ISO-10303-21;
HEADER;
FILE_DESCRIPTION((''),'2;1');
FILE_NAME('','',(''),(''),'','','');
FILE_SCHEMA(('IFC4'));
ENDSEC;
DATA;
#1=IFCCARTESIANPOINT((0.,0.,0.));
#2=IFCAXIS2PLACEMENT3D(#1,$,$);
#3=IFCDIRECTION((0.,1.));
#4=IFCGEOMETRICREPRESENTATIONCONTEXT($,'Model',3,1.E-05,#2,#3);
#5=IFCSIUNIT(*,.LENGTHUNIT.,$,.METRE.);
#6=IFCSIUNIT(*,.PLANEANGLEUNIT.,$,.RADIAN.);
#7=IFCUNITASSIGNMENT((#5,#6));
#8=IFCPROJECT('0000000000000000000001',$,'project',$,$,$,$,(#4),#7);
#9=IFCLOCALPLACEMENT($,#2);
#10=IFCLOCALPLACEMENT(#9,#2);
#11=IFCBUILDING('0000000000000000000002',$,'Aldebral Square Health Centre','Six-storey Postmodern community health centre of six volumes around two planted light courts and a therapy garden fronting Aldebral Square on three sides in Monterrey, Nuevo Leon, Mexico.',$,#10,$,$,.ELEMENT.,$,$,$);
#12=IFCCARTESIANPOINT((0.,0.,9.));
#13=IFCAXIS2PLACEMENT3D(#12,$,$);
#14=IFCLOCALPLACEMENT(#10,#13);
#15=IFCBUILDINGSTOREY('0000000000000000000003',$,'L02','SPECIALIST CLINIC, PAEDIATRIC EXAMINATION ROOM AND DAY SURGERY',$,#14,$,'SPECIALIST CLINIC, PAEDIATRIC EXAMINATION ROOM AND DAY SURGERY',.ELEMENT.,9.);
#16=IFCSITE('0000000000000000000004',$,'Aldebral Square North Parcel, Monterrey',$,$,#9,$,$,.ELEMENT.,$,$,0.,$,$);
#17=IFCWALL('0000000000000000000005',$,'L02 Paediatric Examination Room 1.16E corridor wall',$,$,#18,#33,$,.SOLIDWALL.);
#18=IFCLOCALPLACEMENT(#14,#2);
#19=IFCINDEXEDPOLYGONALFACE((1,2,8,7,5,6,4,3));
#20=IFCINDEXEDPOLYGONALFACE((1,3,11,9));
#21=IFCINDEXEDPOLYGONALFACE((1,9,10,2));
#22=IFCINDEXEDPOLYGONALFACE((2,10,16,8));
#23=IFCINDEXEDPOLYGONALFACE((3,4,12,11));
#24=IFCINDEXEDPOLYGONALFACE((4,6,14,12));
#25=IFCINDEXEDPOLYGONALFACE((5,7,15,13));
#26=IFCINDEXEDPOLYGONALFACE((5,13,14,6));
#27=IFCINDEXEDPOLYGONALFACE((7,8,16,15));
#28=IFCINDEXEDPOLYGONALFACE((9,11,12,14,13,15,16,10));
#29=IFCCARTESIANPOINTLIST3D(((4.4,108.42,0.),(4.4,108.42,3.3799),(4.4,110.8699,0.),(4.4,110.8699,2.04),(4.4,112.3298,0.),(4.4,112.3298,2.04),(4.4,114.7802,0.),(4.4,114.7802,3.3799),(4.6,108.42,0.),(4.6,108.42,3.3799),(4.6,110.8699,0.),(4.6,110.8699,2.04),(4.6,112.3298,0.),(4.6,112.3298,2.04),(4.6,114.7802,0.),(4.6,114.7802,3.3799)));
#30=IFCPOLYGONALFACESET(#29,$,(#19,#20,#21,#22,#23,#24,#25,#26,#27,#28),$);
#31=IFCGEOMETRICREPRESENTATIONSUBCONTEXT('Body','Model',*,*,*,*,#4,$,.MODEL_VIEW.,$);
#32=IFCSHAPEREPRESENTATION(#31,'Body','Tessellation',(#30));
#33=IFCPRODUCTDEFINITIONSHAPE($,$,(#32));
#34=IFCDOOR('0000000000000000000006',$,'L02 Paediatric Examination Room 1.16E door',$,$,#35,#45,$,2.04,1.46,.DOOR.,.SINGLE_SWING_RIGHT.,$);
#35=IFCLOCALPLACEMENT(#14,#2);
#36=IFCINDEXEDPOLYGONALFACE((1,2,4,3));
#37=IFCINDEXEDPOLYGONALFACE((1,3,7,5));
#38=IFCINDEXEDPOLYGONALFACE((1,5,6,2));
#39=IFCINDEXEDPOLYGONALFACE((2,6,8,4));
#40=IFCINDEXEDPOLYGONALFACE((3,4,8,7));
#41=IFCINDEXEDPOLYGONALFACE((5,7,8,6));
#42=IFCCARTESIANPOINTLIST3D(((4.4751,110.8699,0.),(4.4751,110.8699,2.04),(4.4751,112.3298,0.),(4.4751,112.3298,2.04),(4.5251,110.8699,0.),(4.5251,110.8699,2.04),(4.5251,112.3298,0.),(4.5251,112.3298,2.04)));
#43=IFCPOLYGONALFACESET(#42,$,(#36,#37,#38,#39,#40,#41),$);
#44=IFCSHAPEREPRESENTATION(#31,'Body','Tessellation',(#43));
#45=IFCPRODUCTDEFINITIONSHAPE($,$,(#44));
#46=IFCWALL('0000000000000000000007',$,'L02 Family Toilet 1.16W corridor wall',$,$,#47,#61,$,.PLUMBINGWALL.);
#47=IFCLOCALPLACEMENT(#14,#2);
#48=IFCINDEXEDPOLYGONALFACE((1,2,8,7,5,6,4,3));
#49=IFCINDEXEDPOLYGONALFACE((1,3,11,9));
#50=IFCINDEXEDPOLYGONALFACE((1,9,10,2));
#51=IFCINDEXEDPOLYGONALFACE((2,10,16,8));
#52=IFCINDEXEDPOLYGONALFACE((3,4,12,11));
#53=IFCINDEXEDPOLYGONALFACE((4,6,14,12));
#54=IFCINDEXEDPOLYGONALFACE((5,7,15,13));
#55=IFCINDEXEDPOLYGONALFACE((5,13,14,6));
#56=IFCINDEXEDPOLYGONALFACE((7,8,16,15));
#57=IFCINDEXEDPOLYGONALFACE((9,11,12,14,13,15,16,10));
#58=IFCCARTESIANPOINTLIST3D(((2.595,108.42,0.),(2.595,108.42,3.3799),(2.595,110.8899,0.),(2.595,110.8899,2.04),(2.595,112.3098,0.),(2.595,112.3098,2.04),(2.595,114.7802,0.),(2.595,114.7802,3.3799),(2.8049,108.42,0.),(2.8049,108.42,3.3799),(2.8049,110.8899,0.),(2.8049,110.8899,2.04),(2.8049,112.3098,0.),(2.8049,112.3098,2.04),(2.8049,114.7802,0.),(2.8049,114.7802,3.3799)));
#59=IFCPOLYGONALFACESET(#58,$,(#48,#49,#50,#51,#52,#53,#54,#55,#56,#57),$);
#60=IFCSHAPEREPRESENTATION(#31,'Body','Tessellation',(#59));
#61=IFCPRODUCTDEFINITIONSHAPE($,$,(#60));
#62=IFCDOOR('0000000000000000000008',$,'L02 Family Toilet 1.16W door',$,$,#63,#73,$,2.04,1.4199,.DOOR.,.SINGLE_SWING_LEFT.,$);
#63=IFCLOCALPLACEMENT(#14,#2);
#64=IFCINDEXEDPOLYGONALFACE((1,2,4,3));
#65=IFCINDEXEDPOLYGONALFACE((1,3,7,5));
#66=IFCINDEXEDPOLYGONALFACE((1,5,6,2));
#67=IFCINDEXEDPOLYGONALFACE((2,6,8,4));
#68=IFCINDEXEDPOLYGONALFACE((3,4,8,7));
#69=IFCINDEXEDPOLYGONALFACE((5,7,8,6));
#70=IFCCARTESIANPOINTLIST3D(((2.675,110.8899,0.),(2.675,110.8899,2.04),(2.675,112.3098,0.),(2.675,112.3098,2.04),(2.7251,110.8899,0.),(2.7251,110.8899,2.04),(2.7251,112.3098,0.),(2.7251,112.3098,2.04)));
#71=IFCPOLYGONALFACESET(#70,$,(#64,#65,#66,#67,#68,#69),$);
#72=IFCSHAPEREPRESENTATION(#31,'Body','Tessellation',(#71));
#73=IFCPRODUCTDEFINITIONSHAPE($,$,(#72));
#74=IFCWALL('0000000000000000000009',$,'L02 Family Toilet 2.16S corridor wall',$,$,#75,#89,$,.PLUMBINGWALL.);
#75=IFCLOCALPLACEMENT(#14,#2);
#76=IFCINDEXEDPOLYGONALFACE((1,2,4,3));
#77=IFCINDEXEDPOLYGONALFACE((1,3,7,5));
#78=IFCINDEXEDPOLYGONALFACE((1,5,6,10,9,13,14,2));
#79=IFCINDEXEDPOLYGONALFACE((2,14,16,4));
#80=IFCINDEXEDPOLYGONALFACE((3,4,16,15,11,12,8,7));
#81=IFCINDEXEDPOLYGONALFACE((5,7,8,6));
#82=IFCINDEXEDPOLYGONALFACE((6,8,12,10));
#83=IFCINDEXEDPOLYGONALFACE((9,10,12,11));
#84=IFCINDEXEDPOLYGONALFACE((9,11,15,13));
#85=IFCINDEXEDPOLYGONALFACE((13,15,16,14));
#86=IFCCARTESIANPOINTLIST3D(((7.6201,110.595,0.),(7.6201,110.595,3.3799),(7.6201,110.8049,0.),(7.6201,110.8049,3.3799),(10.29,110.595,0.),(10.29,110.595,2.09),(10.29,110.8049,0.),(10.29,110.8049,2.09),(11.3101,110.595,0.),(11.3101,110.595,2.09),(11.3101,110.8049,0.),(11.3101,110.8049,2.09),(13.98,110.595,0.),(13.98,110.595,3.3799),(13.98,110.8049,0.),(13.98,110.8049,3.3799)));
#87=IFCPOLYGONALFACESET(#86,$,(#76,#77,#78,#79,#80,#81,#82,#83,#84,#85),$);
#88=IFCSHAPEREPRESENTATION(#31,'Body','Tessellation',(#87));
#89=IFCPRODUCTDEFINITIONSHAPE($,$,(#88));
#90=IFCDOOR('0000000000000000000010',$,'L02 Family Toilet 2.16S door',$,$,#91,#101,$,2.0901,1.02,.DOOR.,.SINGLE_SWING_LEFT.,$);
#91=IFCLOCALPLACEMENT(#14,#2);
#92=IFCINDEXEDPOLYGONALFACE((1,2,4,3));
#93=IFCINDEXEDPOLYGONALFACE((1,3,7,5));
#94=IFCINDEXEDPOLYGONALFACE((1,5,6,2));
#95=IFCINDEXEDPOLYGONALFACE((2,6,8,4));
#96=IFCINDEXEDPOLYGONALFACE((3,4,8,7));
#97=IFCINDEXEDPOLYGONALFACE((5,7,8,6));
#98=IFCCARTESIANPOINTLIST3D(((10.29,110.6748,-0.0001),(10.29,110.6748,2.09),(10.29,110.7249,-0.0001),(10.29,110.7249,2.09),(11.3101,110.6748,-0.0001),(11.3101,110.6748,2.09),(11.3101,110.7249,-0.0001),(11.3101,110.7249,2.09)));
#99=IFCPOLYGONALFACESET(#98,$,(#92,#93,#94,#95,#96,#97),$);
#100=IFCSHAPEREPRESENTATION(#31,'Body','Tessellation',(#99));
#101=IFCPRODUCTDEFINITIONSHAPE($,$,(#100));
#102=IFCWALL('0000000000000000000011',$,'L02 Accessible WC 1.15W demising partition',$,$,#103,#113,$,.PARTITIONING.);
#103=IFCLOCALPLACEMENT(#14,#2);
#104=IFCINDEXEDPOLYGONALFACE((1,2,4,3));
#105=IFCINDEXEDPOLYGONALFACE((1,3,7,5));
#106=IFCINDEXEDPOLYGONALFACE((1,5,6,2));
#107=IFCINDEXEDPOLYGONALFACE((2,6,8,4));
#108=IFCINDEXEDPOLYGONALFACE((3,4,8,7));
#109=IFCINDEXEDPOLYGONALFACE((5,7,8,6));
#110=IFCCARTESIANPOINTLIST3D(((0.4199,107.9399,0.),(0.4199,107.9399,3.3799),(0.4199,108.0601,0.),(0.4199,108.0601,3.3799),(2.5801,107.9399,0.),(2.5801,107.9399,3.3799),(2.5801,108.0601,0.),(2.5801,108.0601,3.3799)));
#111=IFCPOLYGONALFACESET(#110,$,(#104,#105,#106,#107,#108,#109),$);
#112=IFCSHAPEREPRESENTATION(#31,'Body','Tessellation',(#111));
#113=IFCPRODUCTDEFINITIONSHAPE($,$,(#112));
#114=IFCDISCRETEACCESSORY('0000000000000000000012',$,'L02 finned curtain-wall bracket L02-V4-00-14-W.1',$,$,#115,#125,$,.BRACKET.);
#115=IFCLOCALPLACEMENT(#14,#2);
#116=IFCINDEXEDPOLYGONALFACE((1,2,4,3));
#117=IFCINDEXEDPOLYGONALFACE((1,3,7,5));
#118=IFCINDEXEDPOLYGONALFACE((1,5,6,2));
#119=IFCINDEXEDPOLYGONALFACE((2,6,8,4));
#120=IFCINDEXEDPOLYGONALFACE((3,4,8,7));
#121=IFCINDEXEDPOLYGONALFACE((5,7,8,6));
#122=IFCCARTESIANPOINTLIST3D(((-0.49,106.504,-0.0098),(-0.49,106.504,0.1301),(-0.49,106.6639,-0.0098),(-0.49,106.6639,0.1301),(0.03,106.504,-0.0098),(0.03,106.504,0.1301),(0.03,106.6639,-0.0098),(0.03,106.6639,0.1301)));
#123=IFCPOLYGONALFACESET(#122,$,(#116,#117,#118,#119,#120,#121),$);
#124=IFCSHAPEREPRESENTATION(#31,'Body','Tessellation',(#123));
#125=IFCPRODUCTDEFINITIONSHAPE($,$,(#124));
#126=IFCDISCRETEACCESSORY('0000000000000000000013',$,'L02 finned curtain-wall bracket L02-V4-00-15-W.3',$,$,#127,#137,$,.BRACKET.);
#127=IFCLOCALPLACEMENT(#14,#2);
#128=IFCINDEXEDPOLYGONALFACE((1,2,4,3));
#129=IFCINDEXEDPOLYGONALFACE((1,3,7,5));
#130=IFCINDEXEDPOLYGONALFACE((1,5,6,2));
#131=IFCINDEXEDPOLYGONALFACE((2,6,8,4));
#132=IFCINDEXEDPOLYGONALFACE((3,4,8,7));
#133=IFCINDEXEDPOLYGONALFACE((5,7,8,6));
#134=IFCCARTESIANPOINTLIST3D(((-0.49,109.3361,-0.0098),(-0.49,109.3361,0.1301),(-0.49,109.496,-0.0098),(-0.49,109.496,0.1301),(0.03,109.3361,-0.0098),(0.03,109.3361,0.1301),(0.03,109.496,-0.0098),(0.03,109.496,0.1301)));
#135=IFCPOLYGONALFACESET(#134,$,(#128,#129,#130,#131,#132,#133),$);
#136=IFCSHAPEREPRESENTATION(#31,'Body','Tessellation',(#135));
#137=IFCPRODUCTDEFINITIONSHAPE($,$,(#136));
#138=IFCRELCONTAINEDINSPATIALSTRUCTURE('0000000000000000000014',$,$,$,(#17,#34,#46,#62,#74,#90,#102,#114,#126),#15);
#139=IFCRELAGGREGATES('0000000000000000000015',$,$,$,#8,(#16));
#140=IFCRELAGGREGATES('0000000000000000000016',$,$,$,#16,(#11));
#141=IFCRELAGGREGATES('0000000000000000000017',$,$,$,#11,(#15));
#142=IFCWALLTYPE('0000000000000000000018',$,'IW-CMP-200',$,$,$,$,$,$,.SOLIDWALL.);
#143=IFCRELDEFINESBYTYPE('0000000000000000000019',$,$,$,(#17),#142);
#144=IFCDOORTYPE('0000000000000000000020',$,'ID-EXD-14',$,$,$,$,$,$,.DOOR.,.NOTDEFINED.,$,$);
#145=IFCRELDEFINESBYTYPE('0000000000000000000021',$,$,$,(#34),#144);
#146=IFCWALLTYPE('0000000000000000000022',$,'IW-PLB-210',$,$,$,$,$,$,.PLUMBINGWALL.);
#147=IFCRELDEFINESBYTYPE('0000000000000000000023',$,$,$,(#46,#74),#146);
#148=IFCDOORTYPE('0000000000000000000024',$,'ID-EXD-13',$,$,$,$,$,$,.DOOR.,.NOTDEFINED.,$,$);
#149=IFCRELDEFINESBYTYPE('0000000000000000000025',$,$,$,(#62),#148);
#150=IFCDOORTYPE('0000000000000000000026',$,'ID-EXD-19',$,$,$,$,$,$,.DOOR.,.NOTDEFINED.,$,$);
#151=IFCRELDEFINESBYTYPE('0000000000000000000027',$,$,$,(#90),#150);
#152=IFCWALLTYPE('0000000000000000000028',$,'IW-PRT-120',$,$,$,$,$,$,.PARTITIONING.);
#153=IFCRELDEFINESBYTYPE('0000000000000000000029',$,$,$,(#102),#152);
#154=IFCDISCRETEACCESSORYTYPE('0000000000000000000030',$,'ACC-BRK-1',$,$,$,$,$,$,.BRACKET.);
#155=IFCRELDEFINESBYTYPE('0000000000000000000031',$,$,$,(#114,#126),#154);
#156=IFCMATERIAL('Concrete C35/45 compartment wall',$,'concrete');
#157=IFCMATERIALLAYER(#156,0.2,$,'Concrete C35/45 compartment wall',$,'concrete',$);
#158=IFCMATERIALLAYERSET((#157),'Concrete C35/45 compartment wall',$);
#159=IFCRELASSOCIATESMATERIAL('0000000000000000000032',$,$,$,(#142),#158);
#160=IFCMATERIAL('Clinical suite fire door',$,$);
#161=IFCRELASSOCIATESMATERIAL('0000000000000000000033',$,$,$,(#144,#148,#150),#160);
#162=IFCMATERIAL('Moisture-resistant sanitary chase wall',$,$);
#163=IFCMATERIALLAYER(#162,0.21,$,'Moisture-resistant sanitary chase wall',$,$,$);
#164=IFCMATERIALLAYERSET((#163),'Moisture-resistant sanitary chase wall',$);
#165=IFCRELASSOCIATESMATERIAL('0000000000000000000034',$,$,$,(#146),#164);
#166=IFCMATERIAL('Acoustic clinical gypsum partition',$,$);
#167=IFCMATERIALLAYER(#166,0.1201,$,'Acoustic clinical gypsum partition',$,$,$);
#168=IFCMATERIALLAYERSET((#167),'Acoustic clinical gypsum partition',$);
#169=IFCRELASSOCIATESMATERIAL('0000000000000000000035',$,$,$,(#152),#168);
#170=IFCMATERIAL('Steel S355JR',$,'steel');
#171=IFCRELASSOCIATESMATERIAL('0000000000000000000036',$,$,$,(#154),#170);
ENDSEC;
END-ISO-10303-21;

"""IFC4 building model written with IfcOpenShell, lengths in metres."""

from ifc_helpers import new_model, si_unit, direction, frame, frame_2d, origin, origin_2d, place, context, subcontext, project, spatial, rectangle, extrude, material, layer, layer_set, type_object, element, fill, save


model = new_model("IFC4")

# Units and contexts
model_context = context("Model", 3, precision=1e-05, world=origin(), true_north=direction((0.0, 1.0)))
body_context = subcontext(model_context, "Body", "Model", "MODEL_VIEW")
ifc_project = project(units=[si_unit("LENGTHUNIT", "METRE"), si_unit("PLANEANGLEUNIT", "RADIAN")], contexts=[model_context])

# Site, building, storey
site_placement = place(None, origin())
site = spatial("IfcSite", under=ifc_project, at=site_placement, Name="Aldebral Square North Parcel, Monterrey", CompositionType="ELEMENT", RefElevation=0.0)
building_placement = place(site_placement, origin())
building = spatial("IfcBuilding", under=site, at=building_placement, Name="Aldebral Square Health Centre", Description="Six-storey Postmodern community health centre of six volumes around two planted light courts and a therapy garden fronting Aldebral Square on three sides in Monterrey, Nuevo Leon, Mexico.", CompositionType="ELEMENT")
storey_placement = place(building_placement, frame((0.0, 0.0, 9.0)))
storey = spatial("IfcBuildingStorey", under=building, at=storey_placement, Name="L02", Description="SPECIALIST CLINIC, PAEDIATRIC EXAMINATION ROOM AND DAY SURGERY", LongName="SPECIALIST CLINIC, PAEDIATRIC EXAMINATION ROOM AND DAY SURGERY", CompositionType="ELEMENT", Elevation=9.0)

# Walls, openings, doors
ifc_material_1 = material(Name="Concrete C35/45 compartment wall", Category="concrete")
ifc_layer_1 = layer(ifc_material_1, 0.2, Name="Concrete C35/45 compartment wall", Category="concrete")
ifc_layer_set_1 = layer_set([ifc_layer_1], Name="Concrete C35/45 compartment wall")
wall_type_1 = type_object("IfcWallType", Name="IW-CMP-200", PredefinedType="SOLIDWALL", material=ifc_layer_set_1)
wall_1_placement = place(storey_placement, frame((4.5, 108.4199, 0.0), z_axis=(0.0, 0.0, 1.0), x_axis=(0.0, 1.0, 0.0)))
wall_1 = element("IfcWall", 1, at=wall_1_placement, inside=storey, type_object=wall_type_1, Name="L02 Paediatric Examination Room 1.16E corridor wall", PredefinedType="SOLIDWALL", context=body_context, shape_type="SweptSolid", body=[
    extrude(rectangle(XDim=6.3601, YDim=0.2, at=frame_2d((3.1802, 0.0))), origin(), (0.0, 0.0, 1.0), 3.3799),
])
opening_1_placement = place(wall_1_placement, frame((2.45, 0.0, 0.0)))
opening_1 = element("IfcOpeningElement", 2, at=opening_1_placement, cuts=wall_1, PredefinedType="OPENING", context=body_context, shape_type="SweptSolid", body=[
    extrude(rectangle(XDim=1.46, YDim=2.04, at=frame_2d((0.73, 1.02))), frame((0.0, 0.1099, 0.0), z_axis=(0.0, -1.0, 0.0), x_axis=(1.0, 0.0, 0.0)), (0.0, 0.0, 1.0), 0.22),
])
ifc_material_2 = material(Name="Clinical suite fire door")
door_type_1 = type_object("IfcDoorType", Name="ID-EXD-14", OperationType="NOTDEFINED", PredefinedType="DOOR", material=ifc_material_2)
door_1_placement = place(opening_1_placement, origin())
door_1 = element("IfcDoor", 3, at=door_1_placement, inside=storey, type_object=door_type_1, Name="L02 Paediatric Examination Room 1.16E door", OperationType="SINGLE_SWING_RIGHT", OverallHeight=2.04, OverallWidth=1.46, PredefinedType="DOOR", context=body_context, shape_type="SweptSolid", body=[
    extrude(rectangle(XDim=1.46, YDim=2.04, at=frame_2d((0.73, 1.02))), frame((0.0, 0.0249, 0.0), z_axis=(0.0, -1.0, 0.0), x_axis=(1.0, 0.0, 0.0)), (0.0, 0.0, 1.0), 0.05),
])
fill(opening_1, door_1)
ifc_material_3 = material(Name="Moisture-resistant sanitary chase wall")
ifc_layer_2 = layer(ifc_material_3, 0.21, Name="Moisture-resistant sanitary chase wall")
ifc_layer_set_2 = layer_set([ifc_layer_2], Name="Moisture-resistant sanitary chase wall")
wall_type_2 = type_object("IfcWallType", Name="IW-PLB-210", PredefinedType="PLUMBINGWALL", material=ifc_layer_set_2)
wall_2_placement = place(storey_placement, frame((2.7, 108.4199, 0.0), z_axis=(0.0, 0.0, 1.0), x_axis=(0.0, 1.0, 0.0)))
wall_2 = element("IfcWall", 4, at=wall_2_placement, inside=storey, type_object=wall_type_2, Name="L02 Family Toilet 1.16W corridor wall", PredefinedType="PLUMBINGWALL", context=body_context, shape_type="SweptSolid", body=[
    extrude(rectangle(XDim=6.3601, YDim=0.21, at=frame_2d((3.1802, 0.0))), origin(), (0.0, 0.0, 1.0), 3.3799),
])
opening_2_placement = place(wall_2_placement, frame((2.47, 0.0, 0.0)))
opening_2 = element("IfcOpeningElement", 5, at=opening_2_placement, cuts=wall_2, PredefinedType="OPENING", context=body_context, shape_type="SweptSolid", body=[
    extrude(rectangle(XDim=1.4199, YDim=2.04, at=frame_2d((0.71, 1.02))), frame((0.0, 0.115, 0.0), z_axis=(0.0, -1.0, 0.0), x_axis=(1.0, 0.0, 0.0)), (0.0, 0.0, 1.0), 0.23),
])
door_type_2 = type_object("IfcDoorType", Name="ID-EXD-13", OperationType="NOTDEFINED", PredefinedType="DOOR", material=ifc_material_2)
door_2_placement = place(opening_2_placement, origin())
door_2 = element("IfcDoor", 6, at=door_2_placement, inside=storey, type_object=door_type_2, Name="L02 Family Toilet 1.16W door", OperationType="SINGLE_SWING_LEFT", OverallHeight=2.04, OverallWidth=1.4199, PredefinedType="DOOR", context=body_context, shape_type="SweptSolid", body=[
    extrude(rectangle(XDim=1.4199, YDim=2.04, at=frame_2d((0.71, 1.02))), frame((0.0, 0.0249, 0.0), z_axis=(0.0, -1.0, 0.0), x_axis=(1.0, 0.0, 0.0)), (0.0, 0.0, 1.0), 0.05),
])
fill(opening_2, door_2)
wall_3_placement = place(storey_placement, frame((7.6201, 110.7, 0.0), z_axis=(0.0, 0.0, 1.0), x_axis=(1.0, 0.0, 0.0)))
wall_3 = element("IfcWall", 7, at=wall_3_placement, inside=storey, type_object=wall_type_2, Name="L02 Family Toilet 2.16S corridor wall", PredefinedType="PLUMBINGWALL", context=body_context, shape_type="SweptSolid", body=[
    extrude(rectangle(XDim=6.3599, YDim=0.21, at=frame_2d((3.1799, 0.0))), origin(), (0.0, 0.0, 1.0), 3.3799),
])
opening_3_placement = place(wall_3_placement, frame((2.6699, 0.0, 0.0)))
opening_3 = element("IfcOpeningElement", 8, at=opening_3_placement, cuts=wall_3, PredefinedType="OPENING", context=body_context, shape_type="SweptSolid", body=[
    extrude(rectangle(XDim=1.02, YDim=2.0901, at=frame_2d((0.51, 1.0449))), frame((0.0, 0.115, 0.0), z_axis=(0.0, -1.0, 0.0), x_axis=(1.0, 0.0, 0.0)), (0.0, 0.0, 1.0), 0.23),
])
door_type_3 = type_object("IfcDoorType", Name="ID-EXD-19", OperationType="NOTDEFINED", PredefinedType="DOOR", material=ifc_material_2)
door_3_placement = place(opening_3_placement, origin())
door_3 = element("IfcDoor", 9, at=door_3_placement, inside=storey, type_object=door_type_3, Name="L02 Family Toilet 2.16S door", OperationType="SINGLE_SWING_LEFT", OverallHeight=2.0901, OverallWidth=1.02, PredefinedType="DOOR", context=body_context, shape_type="SweptSolid", body=[
    extrude(rectangle(XDim=1.02, YDim=2.0901, at=frame_2d((0.51, 1.0449))), frame((0.0, 0.0249, 0.0), z_axis=(0.0, -1.0, 0.0), x_axis=(1.0, 0.0, 0.0)), (0.0, 0.0, 1.0), 0.05),
])
fill(opening_3, door_3)

# Wall
ifc_material_4 = material(Name="Acoustic clinical gypsum partition")
ifc_layer_3 = layer(ifc_material_4, 0.1201, Name="Acoustic clinical gypsum partition")
ifc_layer_set_3 = layer_set([ifc_layer_3], Name="Acoustic clinical gypsum partition")
wall_type_3 = type_object("IfcWallType", Name="IW-PRT-120", PredefinedType="PARTITIONING", material=ifc_layer_set_3)
wall_4_placement = place(storey_placement, frame((0.4199, 108.0, 0.0), z_axis=(0.0, 0.0, 1.0), x_axis=(1.0, 0.0, 0.0)))
element("IfcWall", 10, at=wall_4_placement, inside=storey, type_object=wall_type_3, Name="L02 Accessible WC 1.15W demising partition", PredefinedType="PARTITIONING", context=body_context, shape_type="SweptSolid", body=[
    extrude(rectangle(XDim=2.1602, YDim=0.1201, at=frame_2d((1.0801, 0.0))), origin(), (0.0, 0.0, 1.0), 3.3799),
])

# Discrete accessories
ifc_material_5 = material(Name="Steel S355JR", Category="steel")
discrete_accessory_type = type_object("IfcDiscreteAccessoryType", Name="ACC-BRK-1", PredefinedType="BRACKET", material=ifc_material_5)
for number, where, z_axis, x_axis, name in (
    (11, (-0.23, 106.584, -0.0098), (0.0, 0.0, 1.0), (0.0, 1.0, 0.0), "L02 finned curtain-wall bracket L02-V4-00-14-W.1"),
    (12, (-0.23, 109.416, -0.0098), (0.0, 0.0, 1.0), (0.0, 1.0, 0.0), "L02 finned curtain-wall bracket L02-V4-00-15-W.3"),
):
    element("IfcDiscreteAccessory", number, at=place(storey_placement, frame(where, z_axis=z_axis, x_axis=x_axis)), inside=storey, type_object=discrete_accessory_type, Name=name, PredefinedType="BRACKET", context=body_context, shape_type="SweptSolid", body=[
        extrude(rectangle(XDim=0.1599, YDim=0.52, at=origin_2d()), origin(), (0.0, 0.0, 1.0), 0.1399),
    ])

save(model, "model.ifc")
